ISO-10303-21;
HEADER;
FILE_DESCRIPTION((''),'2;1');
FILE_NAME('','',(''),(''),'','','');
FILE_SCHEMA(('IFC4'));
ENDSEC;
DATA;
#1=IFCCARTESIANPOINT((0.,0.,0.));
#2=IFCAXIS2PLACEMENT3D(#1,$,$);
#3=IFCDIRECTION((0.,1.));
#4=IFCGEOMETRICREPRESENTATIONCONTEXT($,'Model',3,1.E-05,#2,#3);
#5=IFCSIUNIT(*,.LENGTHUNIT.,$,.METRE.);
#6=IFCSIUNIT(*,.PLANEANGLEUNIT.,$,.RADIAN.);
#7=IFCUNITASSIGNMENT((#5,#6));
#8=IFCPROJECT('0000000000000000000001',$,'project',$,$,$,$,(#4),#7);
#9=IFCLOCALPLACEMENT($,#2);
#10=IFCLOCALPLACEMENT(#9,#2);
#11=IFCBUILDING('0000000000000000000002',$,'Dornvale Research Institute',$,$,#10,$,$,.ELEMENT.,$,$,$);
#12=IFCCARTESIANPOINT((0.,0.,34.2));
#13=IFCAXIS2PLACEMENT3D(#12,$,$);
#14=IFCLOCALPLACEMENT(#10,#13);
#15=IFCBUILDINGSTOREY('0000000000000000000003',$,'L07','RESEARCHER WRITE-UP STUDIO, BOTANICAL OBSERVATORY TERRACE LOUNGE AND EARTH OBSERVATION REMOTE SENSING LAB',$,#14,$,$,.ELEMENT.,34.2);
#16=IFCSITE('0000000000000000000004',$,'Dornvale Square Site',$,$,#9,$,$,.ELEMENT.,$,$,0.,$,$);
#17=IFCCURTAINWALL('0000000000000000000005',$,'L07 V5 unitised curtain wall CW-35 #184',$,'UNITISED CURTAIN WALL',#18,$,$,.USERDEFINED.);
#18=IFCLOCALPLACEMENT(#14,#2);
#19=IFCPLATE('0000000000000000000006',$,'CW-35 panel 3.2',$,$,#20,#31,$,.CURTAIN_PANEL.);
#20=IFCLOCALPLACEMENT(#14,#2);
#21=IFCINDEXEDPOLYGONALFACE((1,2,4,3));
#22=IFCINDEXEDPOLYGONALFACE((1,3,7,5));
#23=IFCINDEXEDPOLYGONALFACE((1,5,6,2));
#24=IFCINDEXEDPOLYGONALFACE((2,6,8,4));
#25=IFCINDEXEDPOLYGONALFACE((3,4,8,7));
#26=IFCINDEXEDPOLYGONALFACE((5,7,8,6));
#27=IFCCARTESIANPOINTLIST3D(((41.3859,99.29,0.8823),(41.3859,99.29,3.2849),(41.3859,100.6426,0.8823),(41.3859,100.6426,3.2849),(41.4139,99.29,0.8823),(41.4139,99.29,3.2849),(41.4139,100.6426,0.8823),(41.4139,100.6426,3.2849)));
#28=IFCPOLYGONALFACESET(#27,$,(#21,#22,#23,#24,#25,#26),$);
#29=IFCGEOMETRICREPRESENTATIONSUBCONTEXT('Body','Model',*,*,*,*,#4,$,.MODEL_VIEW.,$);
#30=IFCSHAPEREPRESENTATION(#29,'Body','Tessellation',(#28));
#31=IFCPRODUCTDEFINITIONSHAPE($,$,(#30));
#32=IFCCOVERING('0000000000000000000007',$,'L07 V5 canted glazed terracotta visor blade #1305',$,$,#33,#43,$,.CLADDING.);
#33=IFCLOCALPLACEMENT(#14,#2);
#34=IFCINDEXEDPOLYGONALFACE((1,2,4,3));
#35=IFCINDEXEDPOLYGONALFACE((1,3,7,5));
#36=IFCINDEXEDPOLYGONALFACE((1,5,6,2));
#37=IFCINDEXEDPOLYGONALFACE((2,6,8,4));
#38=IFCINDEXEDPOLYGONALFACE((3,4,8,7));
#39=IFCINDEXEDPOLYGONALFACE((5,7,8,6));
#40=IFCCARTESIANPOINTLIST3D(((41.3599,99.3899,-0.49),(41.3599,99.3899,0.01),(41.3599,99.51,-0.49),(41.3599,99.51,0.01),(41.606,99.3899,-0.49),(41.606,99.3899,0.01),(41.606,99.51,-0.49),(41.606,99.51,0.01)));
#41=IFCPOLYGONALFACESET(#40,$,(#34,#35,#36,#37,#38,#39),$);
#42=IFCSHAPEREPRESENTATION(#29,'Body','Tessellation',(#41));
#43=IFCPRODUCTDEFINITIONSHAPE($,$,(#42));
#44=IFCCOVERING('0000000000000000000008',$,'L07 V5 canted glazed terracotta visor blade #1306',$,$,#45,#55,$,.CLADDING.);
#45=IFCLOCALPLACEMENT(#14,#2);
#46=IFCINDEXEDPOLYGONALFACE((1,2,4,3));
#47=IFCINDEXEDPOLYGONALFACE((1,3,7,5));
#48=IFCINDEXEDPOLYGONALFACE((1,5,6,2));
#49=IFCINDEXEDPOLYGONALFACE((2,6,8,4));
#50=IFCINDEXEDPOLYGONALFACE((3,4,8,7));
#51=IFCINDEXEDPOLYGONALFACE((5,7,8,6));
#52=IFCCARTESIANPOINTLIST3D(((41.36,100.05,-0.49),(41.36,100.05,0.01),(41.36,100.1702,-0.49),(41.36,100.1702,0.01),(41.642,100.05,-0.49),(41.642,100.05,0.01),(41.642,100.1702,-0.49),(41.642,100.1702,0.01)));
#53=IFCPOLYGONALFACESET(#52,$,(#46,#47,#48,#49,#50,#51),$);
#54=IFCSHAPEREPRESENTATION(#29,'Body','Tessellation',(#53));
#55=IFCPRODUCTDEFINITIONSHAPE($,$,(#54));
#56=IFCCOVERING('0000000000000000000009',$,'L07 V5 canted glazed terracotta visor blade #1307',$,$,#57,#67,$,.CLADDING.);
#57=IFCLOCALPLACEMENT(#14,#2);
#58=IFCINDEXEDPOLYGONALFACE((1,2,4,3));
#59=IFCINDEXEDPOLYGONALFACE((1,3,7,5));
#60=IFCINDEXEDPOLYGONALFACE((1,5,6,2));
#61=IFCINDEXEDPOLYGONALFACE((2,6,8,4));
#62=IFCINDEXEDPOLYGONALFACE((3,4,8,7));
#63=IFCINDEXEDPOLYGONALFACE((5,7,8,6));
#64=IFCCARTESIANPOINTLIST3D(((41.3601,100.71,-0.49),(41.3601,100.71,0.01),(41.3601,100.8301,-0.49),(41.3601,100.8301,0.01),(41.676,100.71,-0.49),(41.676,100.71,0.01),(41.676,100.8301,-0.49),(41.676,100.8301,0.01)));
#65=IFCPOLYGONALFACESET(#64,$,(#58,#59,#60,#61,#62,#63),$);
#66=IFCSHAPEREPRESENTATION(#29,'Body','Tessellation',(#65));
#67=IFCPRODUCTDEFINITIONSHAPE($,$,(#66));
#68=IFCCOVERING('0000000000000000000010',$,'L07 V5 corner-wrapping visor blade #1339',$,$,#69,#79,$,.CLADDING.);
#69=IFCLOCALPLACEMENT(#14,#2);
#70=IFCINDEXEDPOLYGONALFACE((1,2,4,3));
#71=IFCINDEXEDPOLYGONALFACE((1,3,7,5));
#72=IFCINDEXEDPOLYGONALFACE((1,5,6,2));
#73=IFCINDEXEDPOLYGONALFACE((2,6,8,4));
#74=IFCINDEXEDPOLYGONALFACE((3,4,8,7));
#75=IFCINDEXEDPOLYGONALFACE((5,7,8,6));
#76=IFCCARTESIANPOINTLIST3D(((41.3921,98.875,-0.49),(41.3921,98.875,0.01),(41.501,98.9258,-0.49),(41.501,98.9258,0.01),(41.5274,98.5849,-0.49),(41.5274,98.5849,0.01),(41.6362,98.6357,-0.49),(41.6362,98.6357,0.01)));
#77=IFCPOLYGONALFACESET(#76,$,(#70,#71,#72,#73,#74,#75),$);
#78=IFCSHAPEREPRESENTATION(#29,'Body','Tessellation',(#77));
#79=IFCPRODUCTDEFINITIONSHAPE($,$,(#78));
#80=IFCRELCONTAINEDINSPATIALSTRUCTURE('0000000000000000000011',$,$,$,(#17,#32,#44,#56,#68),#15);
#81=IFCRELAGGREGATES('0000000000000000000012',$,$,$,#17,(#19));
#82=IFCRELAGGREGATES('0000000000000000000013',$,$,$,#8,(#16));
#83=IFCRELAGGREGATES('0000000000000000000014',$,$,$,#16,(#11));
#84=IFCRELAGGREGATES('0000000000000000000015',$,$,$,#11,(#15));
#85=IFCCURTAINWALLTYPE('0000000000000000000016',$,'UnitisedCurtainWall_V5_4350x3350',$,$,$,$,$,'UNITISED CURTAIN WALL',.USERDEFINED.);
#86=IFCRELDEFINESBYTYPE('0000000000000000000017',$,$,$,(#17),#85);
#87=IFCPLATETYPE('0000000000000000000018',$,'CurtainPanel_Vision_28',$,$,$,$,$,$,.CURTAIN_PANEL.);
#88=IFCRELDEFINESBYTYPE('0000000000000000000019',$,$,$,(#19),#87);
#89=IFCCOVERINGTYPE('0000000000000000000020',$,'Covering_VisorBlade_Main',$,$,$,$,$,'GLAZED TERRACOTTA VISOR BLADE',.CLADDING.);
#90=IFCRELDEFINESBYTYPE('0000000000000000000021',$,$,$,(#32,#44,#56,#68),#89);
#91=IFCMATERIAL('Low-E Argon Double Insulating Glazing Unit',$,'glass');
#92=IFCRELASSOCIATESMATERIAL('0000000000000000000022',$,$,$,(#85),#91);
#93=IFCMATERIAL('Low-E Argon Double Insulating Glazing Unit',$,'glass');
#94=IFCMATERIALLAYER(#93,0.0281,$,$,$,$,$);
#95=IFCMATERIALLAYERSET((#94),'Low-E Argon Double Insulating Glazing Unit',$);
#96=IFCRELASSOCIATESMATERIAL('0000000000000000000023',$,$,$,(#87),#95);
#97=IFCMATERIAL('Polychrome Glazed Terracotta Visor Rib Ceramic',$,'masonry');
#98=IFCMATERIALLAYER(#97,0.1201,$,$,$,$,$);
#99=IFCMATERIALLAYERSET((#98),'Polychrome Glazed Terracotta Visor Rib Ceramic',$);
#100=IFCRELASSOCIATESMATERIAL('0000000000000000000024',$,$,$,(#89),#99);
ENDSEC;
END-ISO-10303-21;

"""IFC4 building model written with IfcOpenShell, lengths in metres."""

from ifc_helpers import new_model, si_unit, direction, frame, origin, origin_2d, place, context, subcontext, project, spatial, rectangle, extrude, material, layer, layer_set, type_object, element, aggregate, save


model = new_model("IFC4")

# Units and contexts
model_context = context("Model", 3, precision=1e-05, world=origin(), true_north=direction((0.0, 1.0)))
body_context = subcontext(model_context, "Body", "Model", "MODEL_VIEW")
ifc_project = project(units=[si_unit("LENGTHUNIT", "METRE"), si_unit("PLANEANGLEUNIT", "RADIAN")], contexts=[model_context])

# Site, building, storey
site_placement = place(None, origin())
site = spatial("IfcSite", under=ifc_project, at=site_placement, Name="Dornvale Square Site", CompositionType="ELEMENT", RefElevation=0.0)
building_placement = place(site_placement, origin())
building = spatial("IfcBuilding", under=site, at=building_placement, Name="Dornvale Research Institute", CompositionType="ELEMENT")
storey_placement = place(building_placement, frame((0.0, 0.0, 34.2)))
storey = spatial("IfcBuildingStorey", under=building, at=storey_placement, Name="L07", Description="RESEARCHER WRITE-UP STUDIO, BOTANICAL OBSERVATORY TERRACE LOUNGE AND EARTH OBSERVATION REMOTE SENSING LAB", CompositionType="ELEMENT", Elevation=34.2)

# Curtain wall, plate
ifc_material_1 = material(Name="Low-E Argon Double Insulating Glazing Unit", Category="glass")
curtain_wall_type = type_object("IfcCurtainWallType", Name="UnitisedCurtainWall_V5_4350x3350", ElementType="UNITISED CURTAIN WALL", PredefinedType="USERDEFINED", material=ifc_material_1)
curtain_wall_placement = place(storey_placement, origin())
curtain_wall = element("IfcCurtainWall", 1, at=curtain_wall_placement, inside=storey, type_object=curtain_wall_type, Name="L07 V5 unitised curtain wall CW-35 #184", ObjectType="UNITISED CURTAIN WALL", PredefinedType="USERDEFINED")
ifc_material_2 = material(Name="Low-E Argon Double Insulating Glazing Unit", Category="glass")
ifc_layer_1 = layer(ifc_material_2, 0.0281)
ifc_layer_set_1 = layer_set([ifc_layer_1], Name="Low-E Argon Double Insulating Glazing Unit")
plate_type_1 = type_object("IfcPlateType", Name="CurtainPanel_Vision_28", PredefinedType="CURTAIN_PANEL", material=ifc_layer_set_1)
plate_1_placement = place(storey_placement, frame((41.3999, 99.9663, 0.8823), z_axis=(0.0, 0.0, 1.0), x_axis=(0.0, -1.0, 0.0)))
plate_1 = element("IfcPlate", 2, at=plate_1_placement, type_object=plate_type_1, Name="CW-35 panel 3.2", PredefinedType="CURTAIN_PANEL", context=body_context, shape_type="SweptSolid", body=[
    extrude(rectangle(XDim=1.3525, YDim=0.0281, at=origin_2d()), origin(), (0.0, 0.0, 1.0), 2.4026),
])
aggregate(curtain_wall, [plate_1])

# Coverings
ifc_material_3 = material(Name="Polychrome Glazed Terracotta Visor Rib Ceramic", Category="masonry")
ifc_layer_2 = layer(ifc_material_3, 0.1201)
ifc_layer_set_2 = layer_set([ifc_layer_2], Name="Polychrome Glazed Terracotta Visor Rib Ceramic")
covering_type = type_object("IfcCoveringType", Name="Covering_VisorBlade_Main", ElementType="GLAZED TERRACOTTA VISOR BLADE", PredefinedType="CLADDING", material=ifc_layer_set_2)
covering_1_placement = place(storey_placement, frame((41.4829, 99.45, -0.49), z_axis=(0.0, 0.0, 1.0), x_axis=(1.0, 0.0, 0.0)))
element("IfcCovering", 3, at=covering_1_placement, inside=storey, type_object=covering_type, Name="L07 V5 canted glazed terracotta visor blade #1305", PredefinedType="CLADDING", context=body_context, shape_type="SweptSolid", body=[
    extrude(rectangle(XDim=0.2461, YDim=0.1201, at=origin_2d()), origin(), (0.0, 0.0, 1.0), 0.5),
])
covering_2_placement = place(storey_placement, frame((41.501, 100.1101, -0.49), z_axis=(0.0, 0.0, 1.0), x_axis=(1.0, 0.0, 0.0)))
element("IfcCovering", 4, at=covering_2_placement, inside=storey, type_object=covering_type, Name="L07 V5 canted glazed terracotta visor blade #1306", PredefinedType="CLADDING", context=body_context, shape_type="SweptSolid", body=[
    extrude(rectangle(XDim=0.282, YDim=0.1201, at=origin_2d()), origin(), (0.0, 0.0, 1.0), 0.5),
])
covering_3_placement = place(storey_placement, frame((41.5181, 100.77, -0.49), z_axis=(0.0, 0.0, 1.0), x_axis=(1.0, 0.0, 0.0)))
element("IfcCovering", 5, at=covering_3_placement, inside=storey, type_object=covering_type, Name="L07 V5 canted glazed terracotta visor blade #1307", PredefinedType="CLADDING", context=body_context, shape_type="SweptSolid", body=[
    extrude(rectangle(XDim=0.3159, YDim=0.1201, at=origin_2d()), origin(), (0.0, 0.0, 1.0), 0.5),
])
covering_4_placement = place(storey_placement, frame((41.5142, 98.7554, -0.49), z_axis=(0.0, 0.0, 1.0), x_axis=(0.422618, -0.906308, 0.0)))
element("IfcCovering", 6, at=covering_4_placement, inside=storey, type_object=covering_type, Name="L07 V5 corner-wrapping visor blade #1339", PredefinedType="CLADDING", context=body_context, shape_type="SweptSolid", body=[
    extrude(rectangle(XDim=0.3201, YDim=0.1201, at=origin_2d()), origin(), (0.0, 0.0, 1.0), 0.5),
])

save(model, "model.ifc")
